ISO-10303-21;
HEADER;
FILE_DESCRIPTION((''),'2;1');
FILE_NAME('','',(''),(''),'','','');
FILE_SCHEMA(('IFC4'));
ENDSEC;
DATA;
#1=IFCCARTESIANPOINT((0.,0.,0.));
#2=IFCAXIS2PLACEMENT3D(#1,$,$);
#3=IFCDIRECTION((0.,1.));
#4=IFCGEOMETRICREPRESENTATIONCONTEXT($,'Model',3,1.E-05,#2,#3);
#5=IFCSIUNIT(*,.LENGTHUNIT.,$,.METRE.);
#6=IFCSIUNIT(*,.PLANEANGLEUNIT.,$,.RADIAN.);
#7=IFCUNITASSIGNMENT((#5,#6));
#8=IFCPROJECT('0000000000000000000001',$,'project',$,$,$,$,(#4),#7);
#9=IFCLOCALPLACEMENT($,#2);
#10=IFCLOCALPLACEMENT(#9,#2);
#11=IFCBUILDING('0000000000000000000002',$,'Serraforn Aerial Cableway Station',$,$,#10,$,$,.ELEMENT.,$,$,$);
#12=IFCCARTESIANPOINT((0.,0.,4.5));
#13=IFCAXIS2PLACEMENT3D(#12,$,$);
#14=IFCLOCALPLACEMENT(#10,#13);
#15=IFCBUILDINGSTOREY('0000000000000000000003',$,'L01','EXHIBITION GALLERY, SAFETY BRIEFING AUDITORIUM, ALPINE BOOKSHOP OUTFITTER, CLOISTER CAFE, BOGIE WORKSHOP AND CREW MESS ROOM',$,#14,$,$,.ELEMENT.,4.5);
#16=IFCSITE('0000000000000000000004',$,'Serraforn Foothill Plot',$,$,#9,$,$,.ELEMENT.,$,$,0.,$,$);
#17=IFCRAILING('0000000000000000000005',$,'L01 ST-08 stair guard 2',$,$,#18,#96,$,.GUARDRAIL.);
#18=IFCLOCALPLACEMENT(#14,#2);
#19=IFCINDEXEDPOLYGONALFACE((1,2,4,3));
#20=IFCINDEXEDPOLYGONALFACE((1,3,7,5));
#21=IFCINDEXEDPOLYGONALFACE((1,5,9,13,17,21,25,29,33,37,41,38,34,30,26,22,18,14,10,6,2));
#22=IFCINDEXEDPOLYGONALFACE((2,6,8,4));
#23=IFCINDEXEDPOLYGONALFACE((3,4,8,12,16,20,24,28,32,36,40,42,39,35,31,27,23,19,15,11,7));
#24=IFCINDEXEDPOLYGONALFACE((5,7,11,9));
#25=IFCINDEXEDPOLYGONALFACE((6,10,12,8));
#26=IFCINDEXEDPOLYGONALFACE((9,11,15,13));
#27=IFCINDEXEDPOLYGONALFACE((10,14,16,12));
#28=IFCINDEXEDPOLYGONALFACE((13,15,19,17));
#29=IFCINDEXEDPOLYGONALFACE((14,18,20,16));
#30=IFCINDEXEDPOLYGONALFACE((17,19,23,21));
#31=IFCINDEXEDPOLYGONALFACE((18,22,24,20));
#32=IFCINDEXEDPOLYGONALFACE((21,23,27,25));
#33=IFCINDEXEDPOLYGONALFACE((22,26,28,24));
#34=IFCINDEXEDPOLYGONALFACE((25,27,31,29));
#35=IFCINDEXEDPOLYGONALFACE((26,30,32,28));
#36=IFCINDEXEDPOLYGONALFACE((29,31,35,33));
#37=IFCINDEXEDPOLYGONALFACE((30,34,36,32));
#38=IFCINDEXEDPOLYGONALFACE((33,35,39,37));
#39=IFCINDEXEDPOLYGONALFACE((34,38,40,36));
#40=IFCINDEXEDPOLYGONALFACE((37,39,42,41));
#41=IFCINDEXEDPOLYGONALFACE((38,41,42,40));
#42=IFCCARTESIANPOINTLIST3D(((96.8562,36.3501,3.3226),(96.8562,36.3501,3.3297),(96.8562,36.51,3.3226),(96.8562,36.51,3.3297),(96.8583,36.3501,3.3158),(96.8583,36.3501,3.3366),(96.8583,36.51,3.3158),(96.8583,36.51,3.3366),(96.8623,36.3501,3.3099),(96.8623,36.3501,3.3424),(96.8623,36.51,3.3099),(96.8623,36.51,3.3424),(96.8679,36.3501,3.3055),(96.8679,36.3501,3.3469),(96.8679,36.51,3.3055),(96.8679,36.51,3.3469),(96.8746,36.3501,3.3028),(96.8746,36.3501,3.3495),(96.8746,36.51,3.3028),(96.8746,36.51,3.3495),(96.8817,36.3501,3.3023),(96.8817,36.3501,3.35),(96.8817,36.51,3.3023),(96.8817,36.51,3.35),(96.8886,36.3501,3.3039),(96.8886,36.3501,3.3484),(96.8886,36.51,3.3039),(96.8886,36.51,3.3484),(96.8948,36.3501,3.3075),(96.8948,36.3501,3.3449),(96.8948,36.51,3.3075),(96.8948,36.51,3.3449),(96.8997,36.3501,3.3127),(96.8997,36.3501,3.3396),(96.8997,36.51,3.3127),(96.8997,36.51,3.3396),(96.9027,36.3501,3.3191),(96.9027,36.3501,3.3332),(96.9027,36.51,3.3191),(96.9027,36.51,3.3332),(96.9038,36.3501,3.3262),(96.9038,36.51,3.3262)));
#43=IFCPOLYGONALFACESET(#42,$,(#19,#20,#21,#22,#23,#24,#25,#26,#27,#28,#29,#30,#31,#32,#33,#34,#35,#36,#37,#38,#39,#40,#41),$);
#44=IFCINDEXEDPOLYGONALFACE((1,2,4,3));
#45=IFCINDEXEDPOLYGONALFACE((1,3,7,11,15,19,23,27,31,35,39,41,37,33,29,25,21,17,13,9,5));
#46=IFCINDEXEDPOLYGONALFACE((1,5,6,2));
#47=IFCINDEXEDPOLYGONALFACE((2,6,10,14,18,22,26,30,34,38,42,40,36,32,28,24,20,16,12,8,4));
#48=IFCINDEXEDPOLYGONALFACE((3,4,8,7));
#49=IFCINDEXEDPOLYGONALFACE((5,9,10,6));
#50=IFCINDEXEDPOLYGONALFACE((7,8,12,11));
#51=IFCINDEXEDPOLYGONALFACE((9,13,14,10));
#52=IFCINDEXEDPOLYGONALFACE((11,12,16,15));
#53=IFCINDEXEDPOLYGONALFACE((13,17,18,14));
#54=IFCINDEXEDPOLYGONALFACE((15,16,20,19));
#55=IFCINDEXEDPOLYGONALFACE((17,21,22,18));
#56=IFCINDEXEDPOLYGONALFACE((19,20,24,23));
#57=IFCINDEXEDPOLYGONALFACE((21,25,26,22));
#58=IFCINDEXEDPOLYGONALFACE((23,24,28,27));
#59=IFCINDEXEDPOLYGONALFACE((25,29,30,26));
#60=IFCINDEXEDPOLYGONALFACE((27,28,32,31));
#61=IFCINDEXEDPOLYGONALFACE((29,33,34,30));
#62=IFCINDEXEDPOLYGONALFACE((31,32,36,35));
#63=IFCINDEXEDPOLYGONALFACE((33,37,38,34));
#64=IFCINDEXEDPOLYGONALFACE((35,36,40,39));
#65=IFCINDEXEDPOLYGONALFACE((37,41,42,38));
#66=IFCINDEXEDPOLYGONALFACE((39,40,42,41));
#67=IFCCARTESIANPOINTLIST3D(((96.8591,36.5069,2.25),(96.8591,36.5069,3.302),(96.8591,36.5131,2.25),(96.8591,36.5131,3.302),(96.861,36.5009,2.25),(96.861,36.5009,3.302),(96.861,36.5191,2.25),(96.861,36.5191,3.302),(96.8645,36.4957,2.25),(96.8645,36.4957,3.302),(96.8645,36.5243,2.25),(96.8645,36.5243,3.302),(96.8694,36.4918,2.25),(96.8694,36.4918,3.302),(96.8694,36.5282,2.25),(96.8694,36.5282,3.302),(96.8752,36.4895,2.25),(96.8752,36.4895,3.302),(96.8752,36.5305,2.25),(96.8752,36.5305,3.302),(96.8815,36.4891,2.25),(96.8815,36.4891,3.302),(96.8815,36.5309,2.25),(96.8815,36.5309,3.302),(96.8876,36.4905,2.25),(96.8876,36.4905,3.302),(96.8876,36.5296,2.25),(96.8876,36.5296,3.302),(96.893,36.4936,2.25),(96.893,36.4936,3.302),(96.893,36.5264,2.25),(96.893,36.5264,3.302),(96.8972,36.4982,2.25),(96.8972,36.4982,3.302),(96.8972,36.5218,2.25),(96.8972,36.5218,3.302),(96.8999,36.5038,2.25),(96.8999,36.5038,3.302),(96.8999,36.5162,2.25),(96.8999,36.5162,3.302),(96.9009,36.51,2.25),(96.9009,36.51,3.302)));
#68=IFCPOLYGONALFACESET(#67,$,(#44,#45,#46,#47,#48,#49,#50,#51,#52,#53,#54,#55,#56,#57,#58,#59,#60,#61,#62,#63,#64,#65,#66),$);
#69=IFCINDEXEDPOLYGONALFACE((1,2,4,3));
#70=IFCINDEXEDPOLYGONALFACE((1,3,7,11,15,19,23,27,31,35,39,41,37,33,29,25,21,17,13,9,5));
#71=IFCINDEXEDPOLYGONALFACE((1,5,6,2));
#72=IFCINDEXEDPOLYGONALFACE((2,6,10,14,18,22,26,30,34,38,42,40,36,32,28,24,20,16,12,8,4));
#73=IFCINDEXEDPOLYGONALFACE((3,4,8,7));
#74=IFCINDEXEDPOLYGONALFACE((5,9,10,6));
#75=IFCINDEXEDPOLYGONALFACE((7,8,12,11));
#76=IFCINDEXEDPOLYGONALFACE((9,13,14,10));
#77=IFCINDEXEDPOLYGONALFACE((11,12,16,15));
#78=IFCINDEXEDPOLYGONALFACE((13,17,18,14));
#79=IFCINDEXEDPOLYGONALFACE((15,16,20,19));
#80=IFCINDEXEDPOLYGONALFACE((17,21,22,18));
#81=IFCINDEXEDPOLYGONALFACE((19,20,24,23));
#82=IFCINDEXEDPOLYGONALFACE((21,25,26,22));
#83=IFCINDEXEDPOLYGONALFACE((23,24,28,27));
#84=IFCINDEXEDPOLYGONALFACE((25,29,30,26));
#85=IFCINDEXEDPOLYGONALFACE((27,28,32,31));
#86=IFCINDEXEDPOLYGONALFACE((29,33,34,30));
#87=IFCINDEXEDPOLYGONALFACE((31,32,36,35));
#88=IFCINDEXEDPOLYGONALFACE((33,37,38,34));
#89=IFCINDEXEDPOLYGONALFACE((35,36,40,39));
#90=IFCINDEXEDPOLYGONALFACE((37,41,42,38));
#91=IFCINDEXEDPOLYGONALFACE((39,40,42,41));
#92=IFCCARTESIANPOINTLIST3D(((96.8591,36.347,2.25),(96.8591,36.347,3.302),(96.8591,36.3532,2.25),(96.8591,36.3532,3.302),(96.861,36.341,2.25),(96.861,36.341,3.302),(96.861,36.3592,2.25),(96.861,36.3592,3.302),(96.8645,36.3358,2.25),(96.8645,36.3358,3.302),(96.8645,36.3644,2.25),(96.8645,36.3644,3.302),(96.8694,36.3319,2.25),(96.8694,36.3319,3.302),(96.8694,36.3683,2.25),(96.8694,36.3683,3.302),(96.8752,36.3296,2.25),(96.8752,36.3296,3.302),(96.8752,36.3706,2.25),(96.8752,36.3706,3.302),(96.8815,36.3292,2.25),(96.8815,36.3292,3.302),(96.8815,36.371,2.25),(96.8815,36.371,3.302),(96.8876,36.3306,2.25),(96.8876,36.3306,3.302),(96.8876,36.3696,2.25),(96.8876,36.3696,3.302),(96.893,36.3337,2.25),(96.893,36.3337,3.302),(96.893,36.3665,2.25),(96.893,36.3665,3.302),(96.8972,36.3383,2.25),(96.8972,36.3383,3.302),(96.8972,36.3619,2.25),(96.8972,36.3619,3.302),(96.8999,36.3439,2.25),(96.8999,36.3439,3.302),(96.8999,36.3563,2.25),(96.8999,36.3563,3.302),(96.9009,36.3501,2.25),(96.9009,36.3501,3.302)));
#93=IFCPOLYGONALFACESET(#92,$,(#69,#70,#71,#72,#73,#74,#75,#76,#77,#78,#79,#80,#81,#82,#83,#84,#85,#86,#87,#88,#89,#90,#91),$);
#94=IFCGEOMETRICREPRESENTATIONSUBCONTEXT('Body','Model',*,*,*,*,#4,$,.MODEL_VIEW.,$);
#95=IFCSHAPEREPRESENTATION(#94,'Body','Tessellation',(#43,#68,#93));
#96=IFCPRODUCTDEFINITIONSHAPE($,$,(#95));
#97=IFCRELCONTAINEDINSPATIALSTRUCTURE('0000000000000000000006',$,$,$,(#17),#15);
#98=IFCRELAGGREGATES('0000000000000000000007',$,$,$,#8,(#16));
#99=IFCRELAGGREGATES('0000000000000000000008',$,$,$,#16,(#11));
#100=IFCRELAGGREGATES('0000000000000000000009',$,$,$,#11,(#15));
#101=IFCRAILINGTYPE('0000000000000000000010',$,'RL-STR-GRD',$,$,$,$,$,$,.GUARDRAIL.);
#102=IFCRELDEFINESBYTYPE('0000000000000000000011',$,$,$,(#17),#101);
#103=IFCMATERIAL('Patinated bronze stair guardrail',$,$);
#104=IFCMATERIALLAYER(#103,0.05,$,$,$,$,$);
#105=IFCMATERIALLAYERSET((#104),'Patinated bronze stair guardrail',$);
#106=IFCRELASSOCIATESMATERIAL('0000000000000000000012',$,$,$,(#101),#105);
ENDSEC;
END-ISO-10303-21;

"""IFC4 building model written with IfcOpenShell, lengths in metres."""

from ifc_helpers import new_model, si_unit, direction, frame, origin, origin_2d, place, context, subcontext, project, spatial, circle, extrude, material, layer, layer_set, type_object, element, save


model = new_model("IFC4")

# Units and contexts
model_context = context("Model", 3, precision=1e-05, world=origin(), true_north=direction((0.0, 1.0)))
body_context = subcontext(model_context, "Body", "Model", "MODEL_VIEW")
ifc_project = project(units=[si_unit("LENGTHUNIT", "METRE"), si_unit("PLANEANGLEUNIT", "RADIAN")], contexts=[model_context])

# Site, building, storey
site_placement = place(None, origin())
site = spatial("IfcSite", under=ifc_project, at=site_placement, Name="Serraforn Foothill Plot", CompositionType="ELEMENT", RefElevation=0.0)
building_placement = place(site_placement, origin())
building = spatial("IfcBuilding", under=site, at=building_placement, Name="Serraforn Aerial Cableway Station", CompositionType="ELEMENT")
storey_placement = place(building_placement, frame((0.0, 0.0, 4.5)))
storey = spatial("IfcBuildingStorey", under=building, at=storey_placement, Name="L01", Description="EXHIBITION GALLERY, SAFETY BRIEFING AUDITORIUM, ALPINE BOOKSHOP OUTFITTER, CLOISTER CAFE, BOGIE WORKSHOP AND CREW MESS ROOM", CompositionType="ELEMENT", Elevation=4.5)

# Railing
ifc_material_1 = material(Name="Patinated bronze stair guardrail")
ifc_layer_1 = layer(ifc_material_1, 0.05)
ifc_layer_set_1 = layer_set([ifc_layer_1], Name="Patinated bronze stair guardrail")
railing_type_1 = type_object("IfcRailingType", Name="RL-STR-GRD", PredefinedType="GUARDRAIL", material=ifc_layer_set_1)
railing_1_placement = place(storey_placement, frame((96.8799, 36.51, 2.25)))
element("IfcRailing", 1, at=railing_1_placement, inside=storey, type_object=railing_type_1, Name="L01 ST-08 stair guard 2", PredefinedType="GUARDRAIL", context=body_context, shape_type="SweptSolid", body=[
    extrude(circle(Radius=0.0239, at=origin_2d()), frame((0.0, 0.0, 1.0762), z_axis=(0.0, -1.0, 0.0), x_axis=(1.0, 0.0, 0.0)), (0.0, 0.0, 1.0), 0.1599),
    extrude(circle(Radius=0.021, at=origin_2d()), origin(), (0.0, 0.0, 1.0), 1.052),
    extrude(circle(Radius=0.021, at=origin_2d()), frame((0.0, -0.1599, 0.0)), (0.0, 0.0, 1.0), 1.052),
])

save(model, "model.ifc")
